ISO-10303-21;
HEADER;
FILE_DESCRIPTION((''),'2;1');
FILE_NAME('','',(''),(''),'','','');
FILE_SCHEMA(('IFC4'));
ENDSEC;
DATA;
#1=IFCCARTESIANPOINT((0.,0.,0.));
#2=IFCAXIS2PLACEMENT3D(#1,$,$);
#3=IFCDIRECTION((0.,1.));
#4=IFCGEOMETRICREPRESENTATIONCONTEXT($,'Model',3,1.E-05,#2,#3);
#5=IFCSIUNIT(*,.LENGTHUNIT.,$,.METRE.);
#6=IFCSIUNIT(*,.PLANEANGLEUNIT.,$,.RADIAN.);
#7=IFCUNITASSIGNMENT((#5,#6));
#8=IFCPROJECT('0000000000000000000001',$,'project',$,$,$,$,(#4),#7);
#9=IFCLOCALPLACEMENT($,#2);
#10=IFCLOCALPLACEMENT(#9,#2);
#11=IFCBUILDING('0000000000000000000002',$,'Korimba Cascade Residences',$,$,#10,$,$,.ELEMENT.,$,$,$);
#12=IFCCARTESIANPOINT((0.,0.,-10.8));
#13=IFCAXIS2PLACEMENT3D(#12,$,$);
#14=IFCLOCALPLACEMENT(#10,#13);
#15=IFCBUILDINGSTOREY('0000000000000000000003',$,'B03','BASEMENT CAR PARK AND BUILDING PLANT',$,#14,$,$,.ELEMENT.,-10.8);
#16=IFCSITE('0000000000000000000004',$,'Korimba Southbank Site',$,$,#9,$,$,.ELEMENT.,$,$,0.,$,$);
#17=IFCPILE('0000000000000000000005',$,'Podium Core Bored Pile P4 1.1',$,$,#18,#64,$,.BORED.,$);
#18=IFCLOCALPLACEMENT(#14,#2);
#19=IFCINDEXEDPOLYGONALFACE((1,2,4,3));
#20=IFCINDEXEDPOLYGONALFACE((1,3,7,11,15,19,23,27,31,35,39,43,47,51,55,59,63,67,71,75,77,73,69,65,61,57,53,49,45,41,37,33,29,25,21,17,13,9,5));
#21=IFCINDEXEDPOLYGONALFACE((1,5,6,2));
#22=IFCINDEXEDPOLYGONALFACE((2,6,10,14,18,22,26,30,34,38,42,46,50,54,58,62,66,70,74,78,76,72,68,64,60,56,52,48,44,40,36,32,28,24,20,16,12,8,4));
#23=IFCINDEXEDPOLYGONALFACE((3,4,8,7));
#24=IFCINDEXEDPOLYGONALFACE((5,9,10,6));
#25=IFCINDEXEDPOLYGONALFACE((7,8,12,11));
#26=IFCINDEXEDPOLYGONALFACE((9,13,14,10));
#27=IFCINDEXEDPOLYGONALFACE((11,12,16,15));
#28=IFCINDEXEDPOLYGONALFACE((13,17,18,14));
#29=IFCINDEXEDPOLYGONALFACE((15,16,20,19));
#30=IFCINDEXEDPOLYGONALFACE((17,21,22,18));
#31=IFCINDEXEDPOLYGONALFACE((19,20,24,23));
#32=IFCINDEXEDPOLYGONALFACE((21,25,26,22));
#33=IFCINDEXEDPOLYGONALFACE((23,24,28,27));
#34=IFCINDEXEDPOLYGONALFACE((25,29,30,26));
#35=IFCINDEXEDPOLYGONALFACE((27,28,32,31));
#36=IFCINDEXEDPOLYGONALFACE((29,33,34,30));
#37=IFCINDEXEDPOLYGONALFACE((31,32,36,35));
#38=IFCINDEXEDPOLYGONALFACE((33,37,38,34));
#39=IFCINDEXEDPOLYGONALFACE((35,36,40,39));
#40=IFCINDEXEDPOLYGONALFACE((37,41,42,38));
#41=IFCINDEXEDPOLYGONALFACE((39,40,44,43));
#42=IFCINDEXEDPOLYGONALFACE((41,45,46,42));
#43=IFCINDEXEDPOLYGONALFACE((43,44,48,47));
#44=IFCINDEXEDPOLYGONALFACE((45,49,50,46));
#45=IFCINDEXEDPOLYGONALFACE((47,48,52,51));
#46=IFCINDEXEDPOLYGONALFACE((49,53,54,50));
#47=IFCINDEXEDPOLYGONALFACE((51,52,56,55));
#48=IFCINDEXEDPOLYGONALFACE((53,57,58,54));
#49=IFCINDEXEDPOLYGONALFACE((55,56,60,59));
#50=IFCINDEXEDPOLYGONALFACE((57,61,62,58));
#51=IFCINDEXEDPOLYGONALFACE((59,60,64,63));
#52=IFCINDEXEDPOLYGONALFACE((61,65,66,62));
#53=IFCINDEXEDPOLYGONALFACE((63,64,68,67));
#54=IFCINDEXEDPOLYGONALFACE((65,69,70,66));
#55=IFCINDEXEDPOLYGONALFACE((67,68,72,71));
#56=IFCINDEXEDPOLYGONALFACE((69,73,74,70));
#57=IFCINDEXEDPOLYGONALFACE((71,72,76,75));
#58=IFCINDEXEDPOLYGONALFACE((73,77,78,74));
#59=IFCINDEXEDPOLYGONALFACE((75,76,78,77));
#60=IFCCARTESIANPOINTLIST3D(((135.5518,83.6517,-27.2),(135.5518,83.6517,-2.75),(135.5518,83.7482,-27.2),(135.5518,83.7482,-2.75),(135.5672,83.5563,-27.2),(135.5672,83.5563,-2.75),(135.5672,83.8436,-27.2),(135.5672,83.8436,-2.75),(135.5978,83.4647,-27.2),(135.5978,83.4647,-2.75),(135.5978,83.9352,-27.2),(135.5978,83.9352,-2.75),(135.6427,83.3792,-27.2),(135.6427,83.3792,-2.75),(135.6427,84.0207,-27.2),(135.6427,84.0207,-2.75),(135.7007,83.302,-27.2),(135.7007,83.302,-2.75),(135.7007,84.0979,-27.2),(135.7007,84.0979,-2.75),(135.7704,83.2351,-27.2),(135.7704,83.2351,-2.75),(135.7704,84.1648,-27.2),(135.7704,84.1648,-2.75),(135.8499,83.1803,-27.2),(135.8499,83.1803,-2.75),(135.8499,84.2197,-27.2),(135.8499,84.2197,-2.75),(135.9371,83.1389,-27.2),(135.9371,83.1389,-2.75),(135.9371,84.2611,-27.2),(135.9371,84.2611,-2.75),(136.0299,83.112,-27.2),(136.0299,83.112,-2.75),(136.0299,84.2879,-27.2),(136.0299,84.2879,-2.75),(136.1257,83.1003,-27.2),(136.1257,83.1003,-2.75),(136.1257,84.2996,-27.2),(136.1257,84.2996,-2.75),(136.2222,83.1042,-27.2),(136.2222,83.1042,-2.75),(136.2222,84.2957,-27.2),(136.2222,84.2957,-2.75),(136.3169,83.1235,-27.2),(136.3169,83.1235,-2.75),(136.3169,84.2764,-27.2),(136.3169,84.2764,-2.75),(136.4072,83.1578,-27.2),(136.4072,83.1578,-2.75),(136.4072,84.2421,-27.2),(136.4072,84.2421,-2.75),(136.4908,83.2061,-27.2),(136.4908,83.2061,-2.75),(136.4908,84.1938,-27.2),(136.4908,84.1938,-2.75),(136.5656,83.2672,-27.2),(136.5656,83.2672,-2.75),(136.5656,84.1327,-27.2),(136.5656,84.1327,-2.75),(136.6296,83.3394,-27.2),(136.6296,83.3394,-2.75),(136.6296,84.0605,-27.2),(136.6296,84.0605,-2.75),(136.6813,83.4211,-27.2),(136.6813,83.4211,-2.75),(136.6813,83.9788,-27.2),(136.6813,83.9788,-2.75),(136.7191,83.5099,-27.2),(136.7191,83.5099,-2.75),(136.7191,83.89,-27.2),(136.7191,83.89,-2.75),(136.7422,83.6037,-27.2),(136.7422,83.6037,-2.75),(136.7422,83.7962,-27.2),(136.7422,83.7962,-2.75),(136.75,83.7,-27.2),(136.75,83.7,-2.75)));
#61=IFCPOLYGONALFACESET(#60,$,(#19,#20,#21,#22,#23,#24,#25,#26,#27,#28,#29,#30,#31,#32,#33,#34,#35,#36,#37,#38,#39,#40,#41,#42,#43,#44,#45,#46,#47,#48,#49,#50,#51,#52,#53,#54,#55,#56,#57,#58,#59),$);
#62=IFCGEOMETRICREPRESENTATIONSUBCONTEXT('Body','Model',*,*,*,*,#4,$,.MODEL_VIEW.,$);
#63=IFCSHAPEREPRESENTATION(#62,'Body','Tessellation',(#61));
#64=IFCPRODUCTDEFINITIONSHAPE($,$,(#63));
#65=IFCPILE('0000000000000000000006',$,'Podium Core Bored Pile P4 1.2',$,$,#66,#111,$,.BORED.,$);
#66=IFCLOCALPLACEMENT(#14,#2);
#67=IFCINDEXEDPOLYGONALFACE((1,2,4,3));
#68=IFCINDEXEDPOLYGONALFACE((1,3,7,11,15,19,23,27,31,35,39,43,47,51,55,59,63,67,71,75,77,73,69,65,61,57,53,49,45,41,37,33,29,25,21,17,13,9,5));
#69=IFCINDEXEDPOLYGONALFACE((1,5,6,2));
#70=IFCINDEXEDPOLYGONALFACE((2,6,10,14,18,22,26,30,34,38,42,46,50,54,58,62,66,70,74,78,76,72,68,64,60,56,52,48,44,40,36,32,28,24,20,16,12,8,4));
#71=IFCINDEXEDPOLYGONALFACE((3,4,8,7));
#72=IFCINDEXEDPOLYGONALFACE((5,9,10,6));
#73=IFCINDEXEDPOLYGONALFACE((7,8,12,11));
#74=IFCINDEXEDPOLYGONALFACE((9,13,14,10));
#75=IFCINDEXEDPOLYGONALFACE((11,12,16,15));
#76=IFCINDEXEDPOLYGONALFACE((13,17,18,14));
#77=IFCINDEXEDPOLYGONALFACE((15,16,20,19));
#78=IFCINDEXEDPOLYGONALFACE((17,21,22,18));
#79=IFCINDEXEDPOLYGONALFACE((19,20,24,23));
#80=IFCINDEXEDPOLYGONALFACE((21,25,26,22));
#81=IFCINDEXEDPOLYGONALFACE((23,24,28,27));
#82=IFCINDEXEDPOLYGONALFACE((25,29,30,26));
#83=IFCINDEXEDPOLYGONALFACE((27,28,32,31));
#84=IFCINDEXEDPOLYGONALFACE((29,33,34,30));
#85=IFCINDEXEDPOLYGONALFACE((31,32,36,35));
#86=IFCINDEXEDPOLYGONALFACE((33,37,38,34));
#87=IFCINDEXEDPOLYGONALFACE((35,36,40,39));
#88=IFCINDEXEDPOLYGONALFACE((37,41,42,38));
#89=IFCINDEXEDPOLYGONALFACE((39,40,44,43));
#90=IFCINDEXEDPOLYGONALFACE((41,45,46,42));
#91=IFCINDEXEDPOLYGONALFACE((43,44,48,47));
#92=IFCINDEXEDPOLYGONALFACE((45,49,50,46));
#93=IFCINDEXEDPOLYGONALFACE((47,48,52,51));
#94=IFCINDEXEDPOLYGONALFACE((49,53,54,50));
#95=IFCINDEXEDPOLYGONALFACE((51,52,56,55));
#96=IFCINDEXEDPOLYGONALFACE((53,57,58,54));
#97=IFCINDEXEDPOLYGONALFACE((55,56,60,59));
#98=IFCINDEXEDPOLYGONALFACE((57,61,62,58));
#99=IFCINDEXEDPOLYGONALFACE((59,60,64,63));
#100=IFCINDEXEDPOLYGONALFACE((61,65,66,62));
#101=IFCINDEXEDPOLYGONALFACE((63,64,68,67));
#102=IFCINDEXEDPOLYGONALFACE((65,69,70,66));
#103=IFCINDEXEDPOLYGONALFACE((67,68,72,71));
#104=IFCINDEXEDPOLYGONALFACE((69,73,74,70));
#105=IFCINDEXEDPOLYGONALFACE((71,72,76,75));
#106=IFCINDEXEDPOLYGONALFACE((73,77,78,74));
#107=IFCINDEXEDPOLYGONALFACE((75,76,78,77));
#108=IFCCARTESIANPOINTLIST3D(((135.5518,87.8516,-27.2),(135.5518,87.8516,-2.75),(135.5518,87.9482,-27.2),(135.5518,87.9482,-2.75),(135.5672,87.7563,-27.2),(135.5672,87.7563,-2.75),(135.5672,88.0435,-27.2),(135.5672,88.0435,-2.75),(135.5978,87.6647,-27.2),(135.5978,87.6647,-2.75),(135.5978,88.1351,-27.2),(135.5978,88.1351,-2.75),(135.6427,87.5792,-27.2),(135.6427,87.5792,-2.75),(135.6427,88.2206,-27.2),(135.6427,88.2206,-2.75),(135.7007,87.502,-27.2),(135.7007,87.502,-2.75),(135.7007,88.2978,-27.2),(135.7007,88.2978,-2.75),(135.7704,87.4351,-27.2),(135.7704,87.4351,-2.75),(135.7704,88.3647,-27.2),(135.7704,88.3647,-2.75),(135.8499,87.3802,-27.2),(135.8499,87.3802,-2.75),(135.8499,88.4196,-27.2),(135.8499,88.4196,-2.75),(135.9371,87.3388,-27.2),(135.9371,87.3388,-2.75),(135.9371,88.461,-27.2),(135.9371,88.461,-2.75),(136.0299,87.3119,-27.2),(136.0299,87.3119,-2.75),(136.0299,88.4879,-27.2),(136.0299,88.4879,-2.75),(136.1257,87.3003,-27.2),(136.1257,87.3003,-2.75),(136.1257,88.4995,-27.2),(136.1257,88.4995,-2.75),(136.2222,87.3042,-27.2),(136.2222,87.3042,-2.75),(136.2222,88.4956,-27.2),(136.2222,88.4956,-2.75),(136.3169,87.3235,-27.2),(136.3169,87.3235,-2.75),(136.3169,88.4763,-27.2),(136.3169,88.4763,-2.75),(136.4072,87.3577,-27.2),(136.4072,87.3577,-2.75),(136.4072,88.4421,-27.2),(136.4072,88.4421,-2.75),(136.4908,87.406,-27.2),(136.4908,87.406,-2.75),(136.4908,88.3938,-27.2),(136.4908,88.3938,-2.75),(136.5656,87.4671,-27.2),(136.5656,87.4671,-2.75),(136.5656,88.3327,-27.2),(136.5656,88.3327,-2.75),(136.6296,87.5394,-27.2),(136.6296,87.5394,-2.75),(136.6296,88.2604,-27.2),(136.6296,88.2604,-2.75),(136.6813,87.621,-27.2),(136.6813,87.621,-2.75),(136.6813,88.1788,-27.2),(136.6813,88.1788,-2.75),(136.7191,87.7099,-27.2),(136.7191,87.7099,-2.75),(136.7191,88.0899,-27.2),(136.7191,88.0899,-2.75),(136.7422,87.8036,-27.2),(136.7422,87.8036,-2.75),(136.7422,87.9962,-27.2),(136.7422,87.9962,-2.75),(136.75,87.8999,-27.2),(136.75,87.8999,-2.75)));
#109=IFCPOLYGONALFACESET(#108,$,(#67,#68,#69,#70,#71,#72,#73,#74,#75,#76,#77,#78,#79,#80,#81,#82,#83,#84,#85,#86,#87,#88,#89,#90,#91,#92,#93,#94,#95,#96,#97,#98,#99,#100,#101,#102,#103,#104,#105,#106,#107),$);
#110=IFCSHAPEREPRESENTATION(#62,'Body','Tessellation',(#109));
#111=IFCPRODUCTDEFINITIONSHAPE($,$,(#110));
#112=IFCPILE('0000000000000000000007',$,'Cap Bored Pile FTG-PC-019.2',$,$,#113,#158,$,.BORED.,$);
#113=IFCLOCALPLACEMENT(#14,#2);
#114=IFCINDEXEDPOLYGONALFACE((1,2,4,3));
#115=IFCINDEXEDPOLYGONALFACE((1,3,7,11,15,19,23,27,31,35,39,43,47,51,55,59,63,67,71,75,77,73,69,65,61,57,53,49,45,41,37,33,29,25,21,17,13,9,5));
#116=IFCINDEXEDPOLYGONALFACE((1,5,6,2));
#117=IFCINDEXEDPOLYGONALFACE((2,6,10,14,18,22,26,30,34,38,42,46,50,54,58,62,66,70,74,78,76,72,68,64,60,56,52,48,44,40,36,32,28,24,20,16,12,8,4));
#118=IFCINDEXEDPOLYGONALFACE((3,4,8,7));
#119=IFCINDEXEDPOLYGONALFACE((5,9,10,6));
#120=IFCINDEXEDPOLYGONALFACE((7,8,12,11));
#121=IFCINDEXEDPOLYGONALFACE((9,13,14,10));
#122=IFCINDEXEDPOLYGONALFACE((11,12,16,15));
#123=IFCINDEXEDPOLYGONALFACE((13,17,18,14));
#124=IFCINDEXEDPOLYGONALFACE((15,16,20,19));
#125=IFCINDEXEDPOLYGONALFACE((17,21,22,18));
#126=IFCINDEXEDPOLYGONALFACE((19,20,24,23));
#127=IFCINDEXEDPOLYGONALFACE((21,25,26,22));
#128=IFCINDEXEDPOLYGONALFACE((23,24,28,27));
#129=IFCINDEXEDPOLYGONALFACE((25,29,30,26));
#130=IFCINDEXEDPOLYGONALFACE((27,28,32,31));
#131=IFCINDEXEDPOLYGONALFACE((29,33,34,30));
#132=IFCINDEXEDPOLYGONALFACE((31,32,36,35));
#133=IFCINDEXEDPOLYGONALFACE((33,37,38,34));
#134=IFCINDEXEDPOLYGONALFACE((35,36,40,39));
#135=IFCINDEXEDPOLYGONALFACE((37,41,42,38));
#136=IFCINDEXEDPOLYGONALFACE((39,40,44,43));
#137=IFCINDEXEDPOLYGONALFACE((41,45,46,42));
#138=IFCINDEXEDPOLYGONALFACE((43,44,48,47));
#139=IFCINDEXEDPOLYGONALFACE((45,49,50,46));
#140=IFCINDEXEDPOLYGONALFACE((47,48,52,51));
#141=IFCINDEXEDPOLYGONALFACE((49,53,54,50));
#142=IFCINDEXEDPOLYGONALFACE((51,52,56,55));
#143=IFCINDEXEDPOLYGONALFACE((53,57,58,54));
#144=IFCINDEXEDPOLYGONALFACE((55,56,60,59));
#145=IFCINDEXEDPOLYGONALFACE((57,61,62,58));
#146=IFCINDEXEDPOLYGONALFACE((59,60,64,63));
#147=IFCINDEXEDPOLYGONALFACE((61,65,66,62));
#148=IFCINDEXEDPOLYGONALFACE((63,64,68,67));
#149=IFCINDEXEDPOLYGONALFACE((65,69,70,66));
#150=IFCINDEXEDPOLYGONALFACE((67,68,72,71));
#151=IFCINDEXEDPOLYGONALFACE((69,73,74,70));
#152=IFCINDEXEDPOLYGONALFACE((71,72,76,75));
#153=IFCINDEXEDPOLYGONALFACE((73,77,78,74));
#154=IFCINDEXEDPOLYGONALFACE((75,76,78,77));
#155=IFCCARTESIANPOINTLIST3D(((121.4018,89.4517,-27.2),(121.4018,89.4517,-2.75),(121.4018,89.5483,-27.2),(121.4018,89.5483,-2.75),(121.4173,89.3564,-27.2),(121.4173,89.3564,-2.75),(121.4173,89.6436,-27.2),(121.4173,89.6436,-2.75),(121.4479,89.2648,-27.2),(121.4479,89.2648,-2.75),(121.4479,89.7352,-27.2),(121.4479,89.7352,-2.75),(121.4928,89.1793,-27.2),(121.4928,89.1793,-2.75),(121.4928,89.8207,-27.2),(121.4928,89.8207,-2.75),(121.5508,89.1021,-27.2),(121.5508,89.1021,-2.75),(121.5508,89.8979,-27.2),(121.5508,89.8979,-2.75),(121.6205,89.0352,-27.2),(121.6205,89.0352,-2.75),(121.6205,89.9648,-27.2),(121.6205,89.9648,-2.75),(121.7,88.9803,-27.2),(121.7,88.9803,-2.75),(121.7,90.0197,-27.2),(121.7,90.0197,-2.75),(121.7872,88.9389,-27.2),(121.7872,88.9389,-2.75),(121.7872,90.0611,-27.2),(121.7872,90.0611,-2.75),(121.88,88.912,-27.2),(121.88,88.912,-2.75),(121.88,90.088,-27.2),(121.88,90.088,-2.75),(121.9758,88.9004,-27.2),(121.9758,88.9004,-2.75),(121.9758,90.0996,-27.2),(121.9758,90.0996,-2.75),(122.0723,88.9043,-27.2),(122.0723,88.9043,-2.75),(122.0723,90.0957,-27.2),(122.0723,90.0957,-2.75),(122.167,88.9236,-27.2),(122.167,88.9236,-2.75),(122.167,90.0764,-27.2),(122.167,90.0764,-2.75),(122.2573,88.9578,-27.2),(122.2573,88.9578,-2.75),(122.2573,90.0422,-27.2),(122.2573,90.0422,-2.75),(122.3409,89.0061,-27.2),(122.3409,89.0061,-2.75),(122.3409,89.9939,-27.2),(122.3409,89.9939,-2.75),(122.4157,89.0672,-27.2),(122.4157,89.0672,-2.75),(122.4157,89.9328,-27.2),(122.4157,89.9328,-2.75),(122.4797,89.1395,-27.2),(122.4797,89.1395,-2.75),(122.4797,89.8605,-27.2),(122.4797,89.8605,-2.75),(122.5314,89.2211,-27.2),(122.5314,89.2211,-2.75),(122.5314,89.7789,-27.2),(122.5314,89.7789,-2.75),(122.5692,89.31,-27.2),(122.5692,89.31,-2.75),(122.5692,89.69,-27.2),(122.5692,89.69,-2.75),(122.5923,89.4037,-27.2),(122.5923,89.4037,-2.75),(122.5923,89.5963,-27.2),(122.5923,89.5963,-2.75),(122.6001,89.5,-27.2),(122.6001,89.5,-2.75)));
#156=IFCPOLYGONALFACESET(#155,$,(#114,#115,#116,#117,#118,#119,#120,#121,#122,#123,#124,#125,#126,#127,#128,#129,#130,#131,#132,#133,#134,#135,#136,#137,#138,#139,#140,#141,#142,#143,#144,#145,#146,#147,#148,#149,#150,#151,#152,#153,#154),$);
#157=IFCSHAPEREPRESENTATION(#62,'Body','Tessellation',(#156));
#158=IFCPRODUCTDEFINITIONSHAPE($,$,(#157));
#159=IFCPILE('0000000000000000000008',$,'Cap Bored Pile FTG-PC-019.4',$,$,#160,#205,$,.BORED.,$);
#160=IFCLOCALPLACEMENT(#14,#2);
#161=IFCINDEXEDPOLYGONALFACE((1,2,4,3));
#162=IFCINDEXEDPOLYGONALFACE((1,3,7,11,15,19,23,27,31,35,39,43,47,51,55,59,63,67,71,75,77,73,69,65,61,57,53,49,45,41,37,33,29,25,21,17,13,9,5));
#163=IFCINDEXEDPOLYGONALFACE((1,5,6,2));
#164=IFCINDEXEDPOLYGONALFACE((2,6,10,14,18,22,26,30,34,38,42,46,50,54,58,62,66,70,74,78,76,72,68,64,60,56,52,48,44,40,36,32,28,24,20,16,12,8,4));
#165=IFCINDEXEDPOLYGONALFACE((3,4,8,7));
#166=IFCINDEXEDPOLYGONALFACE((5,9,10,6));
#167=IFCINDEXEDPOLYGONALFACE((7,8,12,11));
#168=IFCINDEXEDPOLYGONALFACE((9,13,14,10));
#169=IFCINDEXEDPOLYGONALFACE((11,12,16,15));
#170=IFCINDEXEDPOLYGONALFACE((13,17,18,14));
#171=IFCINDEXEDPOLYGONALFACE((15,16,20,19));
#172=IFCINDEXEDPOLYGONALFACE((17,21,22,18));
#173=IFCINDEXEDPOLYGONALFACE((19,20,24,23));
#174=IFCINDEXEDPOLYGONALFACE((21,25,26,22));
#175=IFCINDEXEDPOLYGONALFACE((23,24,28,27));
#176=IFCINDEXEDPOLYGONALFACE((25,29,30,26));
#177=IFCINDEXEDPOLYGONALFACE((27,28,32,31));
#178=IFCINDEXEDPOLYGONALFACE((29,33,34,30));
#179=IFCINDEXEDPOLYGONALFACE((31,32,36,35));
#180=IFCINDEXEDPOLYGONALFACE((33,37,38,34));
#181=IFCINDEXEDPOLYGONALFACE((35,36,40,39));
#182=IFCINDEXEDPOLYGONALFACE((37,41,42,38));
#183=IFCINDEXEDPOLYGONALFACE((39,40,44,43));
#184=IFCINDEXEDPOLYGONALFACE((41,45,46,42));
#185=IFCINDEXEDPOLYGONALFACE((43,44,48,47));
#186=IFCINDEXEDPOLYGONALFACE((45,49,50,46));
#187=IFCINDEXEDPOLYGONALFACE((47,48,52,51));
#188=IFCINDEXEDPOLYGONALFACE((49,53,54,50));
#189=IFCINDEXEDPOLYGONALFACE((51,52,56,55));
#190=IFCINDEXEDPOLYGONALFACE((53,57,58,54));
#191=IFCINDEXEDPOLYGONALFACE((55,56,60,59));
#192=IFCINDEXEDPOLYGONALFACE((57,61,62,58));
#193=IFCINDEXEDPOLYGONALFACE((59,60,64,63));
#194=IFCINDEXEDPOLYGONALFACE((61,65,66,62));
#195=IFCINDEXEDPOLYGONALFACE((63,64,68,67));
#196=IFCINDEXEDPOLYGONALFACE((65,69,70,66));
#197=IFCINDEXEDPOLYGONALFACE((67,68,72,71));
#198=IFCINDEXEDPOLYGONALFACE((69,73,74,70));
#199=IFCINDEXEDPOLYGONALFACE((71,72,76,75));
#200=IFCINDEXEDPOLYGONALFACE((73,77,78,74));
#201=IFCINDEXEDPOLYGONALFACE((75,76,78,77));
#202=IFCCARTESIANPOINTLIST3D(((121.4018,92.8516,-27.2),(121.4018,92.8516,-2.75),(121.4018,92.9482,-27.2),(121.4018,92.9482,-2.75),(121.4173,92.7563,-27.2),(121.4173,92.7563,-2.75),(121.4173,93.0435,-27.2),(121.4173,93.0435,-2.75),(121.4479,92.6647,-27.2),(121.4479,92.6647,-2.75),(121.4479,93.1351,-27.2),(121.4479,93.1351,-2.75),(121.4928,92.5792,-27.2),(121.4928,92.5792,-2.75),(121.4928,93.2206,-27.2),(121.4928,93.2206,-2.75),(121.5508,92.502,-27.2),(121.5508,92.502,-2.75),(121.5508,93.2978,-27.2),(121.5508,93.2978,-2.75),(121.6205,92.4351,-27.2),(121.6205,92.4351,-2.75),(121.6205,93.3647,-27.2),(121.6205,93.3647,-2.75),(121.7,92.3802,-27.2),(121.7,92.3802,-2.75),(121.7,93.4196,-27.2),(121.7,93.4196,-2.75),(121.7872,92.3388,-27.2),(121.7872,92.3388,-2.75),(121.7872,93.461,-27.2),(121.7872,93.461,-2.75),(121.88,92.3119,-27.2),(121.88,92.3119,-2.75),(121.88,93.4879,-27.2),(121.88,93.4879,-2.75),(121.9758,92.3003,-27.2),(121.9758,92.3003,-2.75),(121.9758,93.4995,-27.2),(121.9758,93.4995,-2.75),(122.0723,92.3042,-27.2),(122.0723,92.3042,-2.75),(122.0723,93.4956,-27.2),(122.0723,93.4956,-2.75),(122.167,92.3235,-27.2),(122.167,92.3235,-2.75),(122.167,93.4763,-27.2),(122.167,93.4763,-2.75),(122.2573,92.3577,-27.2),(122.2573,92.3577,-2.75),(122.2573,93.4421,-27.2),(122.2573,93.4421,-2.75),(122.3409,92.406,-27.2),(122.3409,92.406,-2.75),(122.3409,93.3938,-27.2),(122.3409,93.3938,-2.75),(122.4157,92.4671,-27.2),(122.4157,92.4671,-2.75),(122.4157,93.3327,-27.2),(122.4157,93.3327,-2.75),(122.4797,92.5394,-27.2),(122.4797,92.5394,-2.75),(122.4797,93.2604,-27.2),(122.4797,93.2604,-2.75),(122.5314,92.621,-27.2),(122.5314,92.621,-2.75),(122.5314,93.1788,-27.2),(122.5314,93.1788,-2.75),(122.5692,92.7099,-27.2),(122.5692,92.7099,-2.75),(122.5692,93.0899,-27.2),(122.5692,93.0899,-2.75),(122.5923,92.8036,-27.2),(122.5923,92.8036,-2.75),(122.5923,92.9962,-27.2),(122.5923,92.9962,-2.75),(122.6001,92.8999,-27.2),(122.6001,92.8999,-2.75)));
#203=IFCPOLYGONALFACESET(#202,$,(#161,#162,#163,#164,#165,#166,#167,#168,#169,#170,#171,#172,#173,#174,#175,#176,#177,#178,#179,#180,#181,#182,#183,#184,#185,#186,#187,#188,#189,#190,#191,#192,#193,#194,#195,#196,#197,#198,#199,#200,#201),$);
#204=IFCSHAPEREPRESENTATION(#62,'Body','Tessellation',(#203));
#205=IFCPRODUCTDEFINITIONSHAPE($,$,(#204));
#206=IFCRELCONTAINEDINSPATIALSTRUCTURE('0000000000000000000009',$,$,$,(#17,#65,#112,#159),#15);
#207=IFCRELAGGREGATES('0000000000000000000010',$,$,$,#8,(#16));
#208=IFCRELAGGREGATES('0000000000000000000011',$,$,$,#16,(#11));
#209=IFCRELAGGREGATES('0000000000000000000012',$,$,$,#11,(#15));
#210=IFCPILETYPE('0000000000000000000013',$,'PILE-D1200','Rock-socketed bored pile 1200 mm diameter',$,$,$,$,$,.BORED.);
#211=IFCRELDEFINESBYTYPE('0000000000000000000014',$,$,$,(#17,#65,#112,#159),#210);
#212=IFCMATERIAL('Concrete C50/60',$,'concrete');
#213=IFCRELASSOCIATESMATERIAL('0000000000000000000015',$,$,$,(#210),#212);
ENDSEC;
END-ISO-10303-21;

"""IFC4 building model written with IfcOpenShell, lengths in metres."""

from ifc_helpers import new_model, si_unit, direction, frame, origin, origin_2d, place, context, subcontext, project, spatial, circle, extrude, material, material_profile, profile_set, type_object, element, save


model = new_model("IFC4")

# Units and contexts
model_context = context("Model", 3, precision=1e-05, world=origin(), true_north=direction((0.0, 1.0)))
body_context = subcontext(model_context, "Body", "Model", "MODEL_VIEW")
ifc_project = project(units=[si_unit("LENGTHUNIT", "METRE"), si_unit("PLANEANGLEUNIT", "RADIAN")], contexts=[model_context])

# Site, building, storey
site_placement = place(None, origin())
site = spatial("IfcSite", under=ifc_project, at=site_placement, Name="Korimba Southbank Site", CompositionType="ELEMENT", RefElevation=0.0)
building_placement = place(site_placement, origin())
building = spatial("IfcBuilding", under=site, at=building_placement, Name="Korimba Cascade Residences", CompositionType="ELEMENT")
storey_placement = place(building_placement, frame((0.0, 0.0, -10.8)))
storey = spatial("IfcBuildingStorey", under=building, at=storey_placement, Name="B03", Description="BASEMENT CAR PARK AND BUILDING PLANT", CompositionType="ELEMENT", Elevation=-10.8)

# Piles
ifc_material_1 = material(Name="Concrete C50/60", Category="concrete")
ifc_material_profile_1 = material_profile(ifc_material_1, circle(Radius=0.6001, at=origin_2d()), Name="Concrete C50/60")
ifc_profile_set_1 = profile_set([ifc_material_profile_1], Name="Concrete C50/60")
pile_type = type_object("IfcPileType", Name="PILE-D1200", Description="Rock-socketed bored pile 1200 mm diameter", PredefinedType="BORED", material=ifc_profile_set_1)
for number, where, z_axis, x_axis, name in (
    (1, (136.1499, 83.7, -2.75), (0.0, 0.0, -1.0), (1.0, 0.0, 0.0), "Podium Core Bored Pile P4 1.1"),
    (2, (136.1499, 87.8999, -2.75), (0.0, 0.0, -1.0), (1.0, 0.0, 0.0), "Podium Core Bored Pile P4 1.2"),
    (3, (122.0, 89.5, -2.75), (0.0, 0.0, -1.0), (1.0, 0.0, 0.0), "Cap Bored Pile FTG-PC-019.2"),
    (4, (122.0, 92.8999, -2.75), (0.0, 0.0, -1.0), (1.0, 0.0, 0.0), "Cap Bored Pile FTG-PC-019.4"),
):
    element("IfcPile", number, at=place(storey_placement, frame(where, z_axis=z_axis, x_axis=x_axis)), inside=storey, type_object=pile_type, Name=name, PredefinedType="BORED", context=body_context, shape_type="SweptSolid", body=[
        extrude(circle(Radius=0.6001, at=origin_2d()), origin(), (0.0, 0.0, 1.0), 24.45),
    ])

save(model, "model.ifc")
